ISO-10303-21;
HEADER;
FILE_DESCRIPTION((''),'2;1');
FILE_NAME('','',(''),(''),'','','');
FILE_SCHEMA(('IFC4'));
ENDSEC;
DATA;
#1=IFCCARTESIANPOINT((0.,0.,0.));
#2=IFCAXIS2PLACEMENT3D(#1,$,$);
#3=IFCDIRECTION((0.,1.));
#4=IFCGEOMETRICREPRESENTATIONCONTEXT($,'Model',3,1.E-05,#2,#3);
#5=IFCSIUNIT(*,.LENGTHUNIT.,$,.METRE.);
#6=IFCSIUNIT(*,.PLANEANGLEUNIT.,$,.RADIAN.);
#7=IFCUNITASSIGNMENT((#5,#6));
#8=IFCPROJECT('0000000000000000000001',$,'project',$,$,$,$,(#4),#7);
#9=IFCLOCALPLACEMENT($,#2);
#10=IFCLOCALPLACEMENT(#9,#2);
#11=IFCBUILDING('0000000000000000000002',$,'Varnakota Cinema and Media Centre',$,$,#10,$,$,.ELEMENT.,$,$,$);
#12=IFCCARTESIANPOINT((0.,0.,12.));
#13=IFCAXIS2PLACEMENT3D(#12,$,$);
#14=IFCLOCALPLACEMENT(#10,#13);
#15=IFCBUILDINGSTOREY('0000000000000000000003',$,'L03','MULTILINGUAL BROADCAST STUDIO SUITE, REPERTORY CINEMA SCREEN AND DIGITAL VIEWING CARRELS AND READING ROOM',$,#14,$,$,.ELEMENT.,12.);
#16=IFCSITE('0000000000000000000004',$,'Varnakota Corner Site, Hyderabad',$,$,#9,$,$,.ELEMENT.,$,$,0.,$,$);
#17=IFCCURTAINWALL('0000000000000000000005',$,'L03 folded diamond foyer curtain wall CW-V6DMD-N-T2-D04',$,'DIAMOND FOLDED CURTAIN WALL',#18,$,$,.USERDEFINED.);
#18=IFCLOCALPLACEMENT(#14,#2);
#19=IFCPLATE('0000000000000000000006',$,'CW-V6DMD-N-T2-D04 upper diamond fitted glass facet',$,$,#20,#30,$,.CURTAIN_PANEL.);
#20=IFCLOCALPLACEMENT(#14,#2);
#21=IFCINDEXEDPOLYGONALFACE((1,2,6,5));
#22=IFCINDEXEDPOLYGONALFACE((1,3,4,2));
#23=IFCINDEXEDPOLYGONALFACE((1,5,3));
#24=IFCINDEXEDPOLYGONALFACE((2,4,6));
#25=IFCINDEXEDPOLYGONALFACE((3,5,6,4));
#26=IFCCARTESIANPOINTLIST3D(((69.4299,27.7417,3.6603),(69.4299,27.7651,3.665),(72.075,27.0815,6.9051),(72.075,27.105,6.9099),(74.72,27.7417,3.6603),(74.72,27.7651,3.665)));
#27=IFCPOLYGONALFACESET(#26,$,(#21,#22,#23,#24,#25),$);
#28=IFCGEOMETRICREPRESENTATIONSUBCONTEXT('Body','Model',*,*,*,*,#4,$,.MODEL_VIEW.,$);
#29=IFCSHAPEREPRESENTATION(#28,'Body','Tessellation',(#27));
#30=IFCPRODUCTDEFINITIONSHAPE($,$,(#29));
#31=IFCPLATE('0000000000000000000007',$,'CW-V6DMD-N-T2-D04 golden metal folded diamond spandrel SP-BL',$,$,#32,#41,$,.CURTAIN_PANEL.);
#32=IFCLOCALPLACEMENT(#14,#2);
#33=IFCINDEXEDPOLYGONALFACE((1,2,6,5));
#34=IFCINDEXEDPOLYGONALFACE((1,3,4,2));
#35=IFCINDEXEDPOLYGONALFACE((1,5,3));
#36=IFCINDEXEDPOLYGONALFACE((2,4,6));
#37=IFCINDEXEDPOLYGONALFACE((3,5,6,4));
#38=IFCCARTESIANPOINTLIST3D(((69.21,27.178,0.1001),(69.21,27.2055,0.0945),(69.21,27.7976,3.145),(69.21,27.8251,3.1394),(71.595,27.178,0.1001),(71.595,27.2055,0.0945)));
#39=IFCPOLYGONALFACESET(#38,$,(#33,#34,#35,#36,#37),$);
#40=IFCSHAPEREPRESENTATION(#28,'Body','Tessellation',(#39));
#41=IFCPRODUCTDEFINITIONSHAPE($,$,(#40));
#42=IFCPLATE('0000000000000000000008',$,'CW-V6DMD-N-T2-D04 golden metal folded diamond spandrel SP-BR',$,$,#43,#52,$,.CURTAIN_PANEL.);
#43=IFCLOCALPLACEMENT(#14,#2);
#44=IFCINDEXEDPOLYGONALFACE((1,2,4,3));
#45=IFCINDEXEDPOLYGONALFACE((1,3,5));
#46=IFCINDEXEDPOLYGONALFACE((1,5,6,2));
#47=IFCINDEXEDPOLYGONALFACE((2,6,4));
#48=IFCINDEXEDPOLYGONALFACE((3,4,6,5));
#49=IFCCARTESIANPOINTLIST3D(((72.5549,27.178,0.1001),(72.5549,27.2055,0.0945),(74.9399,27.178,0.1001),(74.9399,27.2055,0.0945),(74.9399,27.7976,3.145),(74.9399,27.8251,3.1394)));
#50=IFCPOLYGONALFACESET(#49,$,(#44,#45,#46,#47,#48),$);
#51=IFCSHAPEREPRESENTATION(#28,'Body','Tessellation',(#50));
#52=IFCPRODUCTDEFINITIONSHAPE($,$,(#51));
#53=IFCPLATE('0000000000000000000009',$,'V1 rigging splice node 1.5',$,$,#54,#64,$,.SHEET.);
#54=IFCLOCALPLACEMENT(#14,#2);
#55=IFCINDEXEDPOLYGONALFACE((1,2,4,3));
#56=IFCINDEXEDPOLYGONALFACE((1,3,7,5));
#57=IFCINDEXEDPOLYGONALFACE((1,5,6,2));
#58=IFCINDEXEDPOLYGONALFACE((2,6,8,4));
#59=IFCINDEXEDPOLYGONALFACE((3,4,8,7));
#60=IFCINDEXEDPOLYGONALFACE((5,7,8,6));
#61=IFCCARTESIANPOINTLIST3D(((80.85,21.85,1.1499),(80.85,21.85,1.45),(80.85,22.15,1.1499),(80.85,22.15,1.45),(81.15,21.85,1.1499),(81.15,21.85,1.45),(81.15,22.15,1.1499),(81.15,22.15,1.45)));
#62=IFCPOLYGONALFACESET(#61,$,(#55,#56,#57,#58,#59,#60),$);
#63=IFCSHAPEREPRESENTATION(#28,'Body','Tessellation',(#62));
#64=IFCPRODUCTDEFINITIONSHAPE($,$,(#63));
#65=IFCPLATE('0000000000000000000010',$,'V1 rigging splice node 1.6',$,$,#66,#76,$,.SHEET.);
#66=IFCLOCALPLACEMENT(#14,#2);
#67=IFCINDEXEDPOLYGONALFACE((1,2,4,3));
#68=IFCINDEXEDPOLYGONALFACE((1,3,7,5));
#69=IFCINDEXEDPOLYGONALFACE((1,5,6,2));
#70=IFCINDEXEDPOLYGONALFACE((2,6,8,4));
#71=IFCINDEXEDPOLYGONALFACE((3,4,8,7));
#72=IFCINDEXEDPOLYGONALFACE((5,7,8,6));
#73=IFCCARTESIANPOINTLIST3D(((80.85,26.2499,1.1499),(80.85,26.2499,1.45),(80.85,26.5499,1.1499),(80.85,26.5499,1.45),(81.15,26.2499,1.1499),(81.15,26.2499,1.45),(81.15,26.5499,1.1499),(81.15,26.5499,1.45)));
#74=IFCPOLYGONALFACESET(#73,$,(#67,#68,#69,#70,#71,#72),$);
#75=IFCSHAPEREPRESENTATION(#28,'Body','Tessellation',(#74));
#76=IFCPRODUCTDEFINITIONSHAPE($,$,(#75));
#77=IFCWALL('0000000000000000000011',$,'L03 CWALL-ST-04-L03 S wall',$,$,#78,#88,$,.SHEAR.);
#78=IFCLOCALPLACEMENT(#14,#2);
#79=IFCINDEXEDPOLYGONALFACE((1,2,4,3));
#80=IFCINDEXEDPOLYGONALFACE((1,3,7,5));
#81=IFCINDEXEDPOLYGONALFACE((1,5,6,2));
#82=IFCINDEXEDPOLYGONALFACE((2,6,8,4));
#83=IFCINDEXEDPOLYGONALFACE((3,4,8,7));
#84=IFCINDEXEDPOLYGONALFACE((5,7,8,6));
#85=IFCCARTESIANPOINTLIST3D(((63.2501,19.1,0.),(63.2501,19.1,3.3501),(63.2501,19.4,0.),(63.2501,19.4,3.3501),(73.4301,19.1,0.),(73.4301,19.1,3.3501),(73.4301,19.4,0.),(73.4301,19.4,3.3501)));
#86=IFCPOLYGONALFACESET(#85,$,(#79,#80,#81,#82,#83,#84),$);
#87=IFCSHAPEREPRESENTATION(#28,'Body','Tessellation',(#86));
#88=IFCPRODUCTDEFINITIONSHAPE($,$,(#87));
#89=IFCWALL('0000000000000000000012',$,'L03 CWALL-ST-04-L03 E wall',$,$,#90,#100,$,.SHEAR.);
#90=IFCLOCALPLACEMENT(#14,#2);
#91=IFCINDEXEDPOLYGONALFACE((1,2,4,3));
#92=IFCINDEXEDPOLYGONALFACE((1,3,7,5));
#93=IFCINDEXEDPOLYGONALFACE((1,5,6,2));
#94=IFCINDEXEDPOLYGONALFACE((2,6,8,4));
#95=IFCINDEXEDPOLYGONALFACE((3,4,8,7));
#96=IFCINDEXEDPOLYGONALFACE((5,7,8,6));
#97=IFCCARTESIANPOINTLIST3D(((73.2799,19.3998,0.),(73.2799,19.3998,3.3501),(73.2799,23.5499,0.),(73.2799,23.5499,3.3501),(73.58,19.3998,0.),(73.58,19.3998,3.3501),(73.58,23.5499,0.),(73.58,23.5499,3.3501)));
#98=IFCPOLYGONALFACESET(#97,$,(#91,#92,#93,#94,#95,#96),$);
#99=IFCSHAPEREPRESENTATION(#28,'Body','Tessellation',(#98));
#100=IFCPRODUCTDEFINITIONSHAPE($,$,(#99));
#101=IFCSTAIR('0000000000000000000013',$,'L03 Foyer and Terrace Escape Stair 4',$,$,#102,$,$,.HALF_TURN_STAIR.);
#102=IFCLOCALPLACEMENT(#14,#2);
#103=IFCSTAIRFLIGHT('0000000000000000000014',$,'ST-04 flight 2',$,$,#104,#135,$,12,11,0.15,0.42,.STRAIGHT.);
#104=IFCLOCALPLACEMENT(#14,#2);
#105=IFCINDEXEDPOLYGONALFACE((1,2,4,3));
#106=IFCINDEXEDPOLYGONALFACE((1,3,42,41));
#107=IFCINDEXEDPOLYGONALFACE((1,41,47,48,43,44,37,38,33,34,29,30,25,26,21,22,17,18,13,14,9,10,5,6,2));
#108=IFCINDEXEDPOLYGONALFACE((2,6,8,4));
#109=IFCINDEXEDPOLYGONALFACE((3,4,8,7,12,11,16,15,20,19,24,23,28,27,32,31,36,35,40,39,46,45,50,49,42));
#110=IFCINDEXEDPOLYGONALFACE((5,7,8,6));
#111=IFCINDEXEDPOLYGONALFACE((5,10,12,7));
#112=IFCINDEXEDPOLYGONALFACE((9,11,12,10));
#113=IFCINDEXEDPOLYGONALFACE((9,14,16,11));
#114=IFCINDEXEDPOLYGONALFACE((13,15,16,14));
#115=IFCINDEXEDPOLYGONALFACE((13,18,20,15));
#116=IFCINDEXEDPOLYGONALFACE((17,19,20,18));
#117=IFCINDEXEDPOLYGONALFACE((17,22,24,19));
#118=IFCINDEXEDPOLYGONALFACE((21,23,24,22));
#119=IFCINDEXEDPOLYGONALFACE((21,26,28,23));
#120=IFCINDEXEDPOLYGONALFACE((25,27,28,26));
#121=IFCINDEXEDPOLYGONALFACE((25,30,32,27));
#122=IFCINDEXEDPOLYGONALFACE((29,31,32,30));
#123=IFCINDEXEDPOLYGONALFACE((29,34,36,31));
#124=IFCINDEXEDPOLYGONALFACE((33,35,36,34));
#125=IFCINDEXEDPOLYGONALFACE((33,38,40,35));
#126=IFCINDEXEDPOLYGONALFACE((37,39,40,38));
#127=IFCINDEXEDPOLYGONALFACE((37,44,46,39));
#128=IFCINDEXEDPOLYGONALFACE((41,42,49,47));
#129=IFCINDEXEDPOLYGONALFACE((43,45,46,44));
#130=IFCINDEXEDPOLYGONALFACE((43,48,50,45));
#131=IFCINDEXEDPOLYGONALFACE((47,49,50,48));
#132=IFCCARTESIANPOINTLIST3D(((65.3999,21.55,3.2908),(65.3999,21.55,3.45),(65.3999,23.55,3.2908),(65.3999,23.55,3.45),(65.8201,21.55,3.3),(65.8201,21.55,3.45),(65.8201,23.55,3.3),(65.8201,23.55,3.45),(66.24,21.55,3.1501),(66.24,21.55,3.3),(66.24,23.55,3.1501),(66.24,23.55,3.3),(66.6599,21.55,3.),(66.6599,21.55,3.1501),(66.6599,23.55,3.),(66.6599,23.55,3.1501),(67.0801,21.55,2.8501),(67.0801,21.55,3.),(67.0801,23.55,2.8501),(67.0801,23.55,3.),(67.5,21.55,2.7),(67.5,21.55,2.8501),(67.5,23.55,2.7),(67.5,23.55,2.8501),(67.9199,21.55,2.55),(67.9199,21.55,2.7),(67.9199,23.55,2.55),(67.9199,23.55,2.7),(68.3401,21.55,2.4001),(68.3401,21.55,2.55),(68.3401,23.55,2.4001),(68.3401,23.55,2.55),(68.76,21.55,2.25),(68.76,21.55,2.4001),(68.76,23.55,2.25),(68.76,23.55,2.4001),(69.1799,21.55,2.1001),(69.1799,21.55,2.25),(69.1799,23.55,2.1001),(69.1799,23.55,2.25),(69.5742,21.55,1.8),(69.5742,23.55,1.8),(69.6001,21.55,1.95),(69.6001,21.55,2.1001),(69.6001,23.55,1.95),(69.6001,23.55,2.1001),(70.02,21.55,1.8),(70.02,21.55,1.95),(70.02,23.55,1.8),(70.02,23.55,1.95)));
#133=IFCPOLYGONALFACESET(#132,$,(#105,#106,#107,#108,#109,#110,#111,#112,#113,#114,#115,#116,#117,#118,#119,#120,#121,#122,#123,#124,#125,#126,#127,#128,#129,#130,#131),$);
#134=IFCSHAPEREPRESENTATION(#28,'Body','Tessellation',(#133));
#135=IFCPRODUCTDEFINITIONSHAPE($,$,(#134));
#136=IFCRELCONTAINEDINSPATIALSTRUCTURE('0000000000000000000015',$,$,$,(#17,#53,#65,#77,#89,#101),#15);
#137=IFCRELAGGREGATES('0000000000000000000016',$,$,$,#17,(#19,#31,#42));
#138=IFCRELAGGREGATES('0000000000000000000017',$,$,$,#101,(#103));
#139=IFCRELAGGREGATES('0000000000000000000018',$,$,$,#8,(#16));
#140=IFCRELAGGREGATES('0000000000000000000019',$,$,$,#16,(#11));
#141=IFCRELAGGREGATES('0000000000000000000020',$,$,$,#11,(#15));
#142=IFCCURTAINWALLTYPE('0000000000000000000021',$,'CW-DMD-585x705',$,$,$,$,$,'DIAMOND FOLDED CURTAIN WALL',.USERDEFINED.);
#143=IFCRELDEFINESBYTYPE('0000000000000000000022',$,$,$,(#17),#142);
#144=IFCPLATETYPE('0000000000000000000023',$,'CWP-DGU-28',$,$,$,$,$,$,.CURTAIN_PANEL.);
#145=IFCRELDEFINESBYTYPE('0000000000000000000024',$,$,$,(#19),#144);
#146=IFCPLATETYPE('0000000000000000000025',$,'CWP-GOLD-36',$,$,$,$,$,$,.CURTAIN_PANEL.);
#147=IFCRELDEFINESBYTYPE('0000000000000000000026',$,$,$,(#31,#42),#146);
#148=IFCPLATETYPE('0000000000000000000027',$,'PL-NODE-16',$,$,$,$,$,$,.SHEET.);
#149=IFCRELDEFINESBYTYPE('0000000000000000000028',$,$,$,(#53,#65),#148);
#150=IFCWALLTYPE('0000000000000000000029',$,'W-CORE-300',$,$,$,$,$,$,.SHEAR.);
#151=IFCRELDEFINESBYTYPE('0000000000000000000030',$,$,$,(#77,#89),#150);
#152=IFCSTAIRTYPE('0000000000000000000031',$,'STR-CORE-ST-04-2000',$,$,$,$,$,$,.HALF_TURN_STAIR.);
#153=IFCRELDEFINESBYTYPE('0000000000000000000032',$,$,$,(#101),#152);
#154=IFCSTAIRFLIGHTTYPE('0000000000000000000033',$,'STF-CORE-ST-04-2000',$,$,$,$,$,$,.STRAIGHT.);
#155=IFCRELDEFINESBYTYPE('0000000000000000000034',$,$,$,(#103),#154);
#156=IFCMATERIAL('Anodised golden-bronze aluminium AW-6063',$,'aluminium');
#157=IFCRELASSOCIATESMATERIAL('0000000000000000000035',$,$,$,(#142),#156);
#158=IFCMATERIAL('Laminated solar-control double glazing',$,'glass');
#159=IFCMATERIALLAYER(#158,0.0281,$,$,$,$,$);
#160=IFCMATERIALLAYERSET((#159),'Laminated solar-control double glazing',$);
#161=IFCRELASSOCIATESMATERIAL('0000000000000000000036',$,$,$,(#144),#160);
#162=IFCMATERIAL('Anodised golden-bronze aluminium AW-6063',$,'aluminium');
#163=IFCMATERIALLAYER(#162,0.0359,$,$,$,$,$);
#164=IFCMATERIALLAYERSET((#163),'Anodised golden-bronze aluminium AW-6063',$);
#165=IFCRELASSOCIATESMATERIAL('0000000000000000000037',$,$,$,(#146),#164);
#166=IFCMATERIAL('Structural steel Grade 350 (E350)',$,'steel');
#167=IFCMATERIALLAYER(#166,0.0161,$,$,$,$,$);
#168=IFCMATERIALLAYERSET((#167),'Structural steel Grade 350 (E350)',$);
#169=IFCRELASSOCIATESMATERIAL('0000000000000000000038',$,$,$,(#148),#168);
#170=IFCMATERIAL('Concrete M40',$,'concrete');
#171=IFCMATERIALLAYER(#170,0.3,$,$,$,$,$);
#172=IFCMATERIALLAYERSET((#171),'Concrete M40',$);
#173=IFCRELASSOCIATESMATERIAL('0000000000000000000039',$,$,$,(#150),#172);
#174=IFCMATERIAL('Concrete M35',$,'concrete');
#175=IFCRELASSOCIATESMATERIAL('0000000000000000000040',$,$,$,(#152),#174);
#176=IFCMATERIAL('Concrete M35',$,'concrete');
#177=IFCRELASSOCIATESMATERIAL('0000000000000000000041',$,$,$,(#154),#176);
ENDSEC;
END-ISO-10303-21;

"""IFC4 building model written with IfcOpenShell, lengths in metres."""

from ifc_helpers import new_model, si_unit, direction, frame, frame_2d, origin, origin_2d, place, context, subcontext, project, spatial, polyline, rectangle, outline, extrude, material, layer, layer_set, type_object, element, aggregate, save


model = new_model("IFC4")

# Units and contexts
model_context = context("Model", 3, precision=1e-05, world=origin(), true_north=direction((0.0, 1.0)))
body_context = subcontext(model_context, "Body", "Model", "MODEL_VIEW")
ifc_project = project(units=[si_unit("LENGTHUNIT", "METRE"), si_unit("PLANEANGLEUNIT", "RADIAN")], contexts=[model_context])

# Site, building, storey
site_placement = place(None, origin())
site = spatial("IfcSite", under=ifc_project, at=site_placement, Name="Varnakota Corner Site, Hyderabad", CompositionType="ELEMENT", RefElevation=0.0)
building_placement = place(site_placement, origin())
building = spatial("IfcBuilding", under=site, at=building_placement, Name="Varnakota Cinema and Media Centre", CompositionType="ELEMENT")
storey_placement = place(building_placement, frame((0.0, 0.0, 12.0)))
storey = spatial("IfcBuildingStorey", under=building, at=storey_placement, Name="L03", Description="MULTILINGUAL BROADCAST STUDIO SUITE, REPERTORY CINEMA SCREEN AND DIGITAL VIEWING CARRELS AND READING ROOM", CompositionType="ELEMENT", Elevation=12.0)

# Curtain wall
ifc_material_1 = material(Name="Anodised golden-bronze aluminium AW-6063", Category="aluminium")
curtain_wall_type = type_object("IfcCurtainWallType", Name="CW-DMD-585x705", ElementType="DIAMOND FOLDED CURTAIN WALL", PredefinedType="USERDEFINED", material=ifc_material_1)
curtain_wall_placement = place(storey_placement, origin())
curtain_wall = element("IfcCurtainWall", 1, at=curtain_wall_placement, inside=storey, type_object=curtain_wall_type, Name="L03 folded diamond foyer curtain wall CW-V6DMD-N-T2-D04", ObjectType="DIAMOND FOLDED CURTAIN WALL", PredefinedType="USERDEFINED")

# Plates
ifc_material_2 = material(Name="Laminated solar-control double glazing", Category="glass")
ifc_layer_1 = layer(ifc_material_2, 0.0281)
ifc_layer_set_1 = layer_set([ifc_layer_1], Name="Laminated solar-control double glazing")
plate_type_1 = type_object("IfcPlateType", Name="CWP-DGU-28", PredefinedType="CURTAIN_PANEL", material=ifc_layer_set_1)
plate_1_placement = place(storey_placement, frame((69.4299, 27.7651, 3.665), z_axis=(0.0, 0.979926, 0.199362), x_axis=(1.0, 0.0, 0.0)))
plate_1 = element("IfcPlate", 2, at=plate_1_placement, type_object=plate_type_1, Name="CW-V6DMD-N-T2-D04 upper diamond fitted glass facet", PredefinedType="CURTAIN_PANEL", context=body_context, shape_type="SweptSolid", body=[
    extrude(outline(polyline([(0.0, 0.0), (5.29, 0.0), (2.645, -3.3113), (0.0, 0.0)])), origin(), (0.0, 0.0, -1.0), 0.0239),
])
ifc_material_3 = material(Name="Anodised golden-bronze aluminium AW-6063", Category="aluminium")
ifc_layer_2 = layer(ifc_material_3, 0.0359)
ifc_layer_set_2 = layer_set([ifc_layer_2], Name="Anodised golden-bronze aluminium AW-6063")
plate_type_2 = type_object("IfcPlateType", Name="CWP-GOLD-36", PredefinedType="CURTAIN_PANEL", material=ifc_layer_set_2)
plate_2_placement = place(storey_placement, frame((69.21, 27.178, 0.1001), z_axis=(0.0, -0.979916, 0.199409), x_axis=(1.0, 0.0, 0.0)))
plate_2 = element("IfcPlate", 3, at=plate_2_placement, type_object=plate_type_2, Name="CW-V6DMD-N-T2-D04 golden metal folded diamond spandrel SP-BL", PredefinedType="CURTAIN_PANEL", context=body_context, shape_type="SweptSolid", body=[
    extrude(outline(polyline([(0.0, 0.0), (2.385, 0.0), (0.0, 3.1073), (0.0, 0.0)])), origin(), (0.0, 0.0, -1.0), 0.0281),
])
plate_3_placement = place(storey_placement, frame((72.5549, 27.178, 0.1001), z_axis=(0.0, -0.979916, 0.199409), x_axis=(1.0, 0.0, 0.0)))
plate_3 = element("IfcPlate", 4, at=plate_3_placement, type_object=plate_type_2, Name="CW-V6DMD-N-T2-D04 golden metal folded diamond spandrel SP-BR", PredefinedType="CURTAIN_PANEL", context=body_context, shape_type="SweptSolid", body=[
    extrude(outline(polyline([(0.0, 0.0), (2.385, 0.0), (2.385, 3.1073), (0.0, 0.0)])), origin(), (0.0, 0.0, -1.0), 0.0281),
])
aggregate(curtain_wall, [plate_1, plate_2, plate_3])

# Plates
ifc_material_4 = material(Name="Structural steel Grade 350 (E350)", Category="steel")
ifc_layer_3 = layer(ifc_material_4, 0.0161)
ifc_layer_set_3 = layer_set([ifc_layer_3], Name="Structural steel Grade 350 (E350)")
plate_type_3 = type_object("IfcPlateType", Name="PL-NODE-16", PredefinedType="SHEET", material=ifc_layer_set_3)
for number, where, z_axis, x_axis, name in (
    (5, (81.0, 22.0, 1.1499), (0.0, 0.0, 1.0), (1.0, 0.0, 0.0), "V1 rigging splice node 1.5"),
    (6, (81.0, 26.3999, 1.1499), (0.0, 0.0, 1.0), (1.0, 0.0, 0.0), "V1 rigging splice node 1.6"),
):
    element("IfcPlate", number, at=place(storey_placement, frame(where, z_axis=z_axis, x_axis=x_axis)), inside=storey, type_object=plate_type_3, Name=name, PredefinedType="SHEET", context=body_context, shape_type="SweptSolid", body=[
        extrude(rectangle(XDim=0.3, YDim=0.3, at=origin_2d()), origin(), (0.0, 0.0, 1.0), 0.3),
    ])

# Walls
ifc_material_5 = material(Name="Concrete M40", Category="concrete")
ifc_layer_4 = layer(ifc_material_5, 0.3)
ifc_layer_set_4 = layer_set([ifc_layer_4], Name="Concrete M40")
wall_type = type_object("IfcWallType", Name="W-CORE-300", PredefinedType="SHEAR", material=ifc_layer_set_4)
wall_1_placement = place(storey_placement, frame((73.4299, 19.25, 0.0), z_axis=(0.0, 0.0, 1.0), x_axis=(-1.0, 0.0, 0.0)))
element("IfcWall", 7, at=wall_1_placement, inside=storey, type_object=wall_type, Name="L03 CWALL-ST-04-L03 S wall", PredefinedType="SHEAR", context=body_context, shape_type="SweptSolid", body=[
    extrude(rectangle(XDim=10.1799, YDim=0.3, at=frame_2d((5.0898, 0.0))), origin(), (0.0, 0.0, 1.0), 3.3501),
])
wall_2_placement = place(storey_placement, frame((73.4299, 23.55, 0.0), z_axis=(0.0, 0.0, 1.0), x_axis=(0.0, -1.0, 0.0)))
element("IfcWall", 8, at=wall_2_placement, inside=storey, type_object=wall_type, Name="L03 CWALL-ST-04-L03 E wall", PredefinedType="SHEAR", context=body_context, shape_type="SweptSolid", body=[
    extrude(rectangle(XDim=4.1501, YDim=0.3, at=frame_2d((2.0752, 0.0))), origin(), (0.0, 0.0, 1.0), 3.3501),
])

# Stair, stair flight
ifc_material_6 = material(Name="Concrete M35", Category="concrete")
stair_type = type_object("IfcStairType", Name="STR-CORE-ST-04-2000", PredefinedType="HALF_TURN_STAIR", material=ifc_material_6)
stair_placement = place(storey_placement, origin())
stair = element("IfcStair", 9, at=stair_placement, inside=storey, type_object=stair_type, Name="L03 Foyer and Terrace Escape Stair 4", PredefinedType="HALF_TURN_STAIR")
ifc_material_7 = material(Name="Concrete M35", Category="concrete")
stair_flight_type = type_object("IfcStairFlightType", Name="STF-CORE-ST-04-2000", PredefinedType="STRAIGHT", material=ifc_material_7)
stair_flight_placement = place(storey_placement, frame((70.02, 22.55, 1.8), z_axis=(0.0, 0.0, 1.0), x_axis=(-1.0, 0.0, 0.0)))
stair_flight = element("IfcStairFlight", 10, at=stair_flight_placement, type_object=stair_flight_type, Name="ST-04 flight 2", NumberOfRisers=12, NumberOfTreads=11, PredefinedType="STRAIGHT", RiserHeight=0.15, TreadLength=0.42, context=body_context, shape_type="SweptSolid", body=[
    extrude(outline(polyline([(0.0, 0.0), (0.0, 0.1499), (0.4199, 0.1499), (0.4199, 0.3), (0.8401, 0.3), (0.8401, 0.45), (1.26, 0.45), (1.26, 0.6001), (1.6799, 0.6001), (1.6799, 0.75), (2.1001, 0.75), (2.1001, 0.8999), (2.52, 0.8999), (2.52, 1.05), (2.9399, 1.05), (2.9399, 1.2), (3.3601, 1.2), (3.3601, 1.3501), (3.78, 1.3501), (3.78, 1.5), (4.2, 1.5), (4.2, 1.6499), (4.6201, 1.6499), (4.6201, 1.8), (4.6201, 1.4907), (0.4458, 0.0), (0.0, 0.0)])), frame((0.0, 1.0, 0.0), z_axis=(0.0, -1.0, 0.0), x_axis=(1.0, 0.0, 0.0)), (0.0, 0.0, 1.0), 2.0),
])
aggregate(stair, [stair_flight])

save(model, "model.ifc")
